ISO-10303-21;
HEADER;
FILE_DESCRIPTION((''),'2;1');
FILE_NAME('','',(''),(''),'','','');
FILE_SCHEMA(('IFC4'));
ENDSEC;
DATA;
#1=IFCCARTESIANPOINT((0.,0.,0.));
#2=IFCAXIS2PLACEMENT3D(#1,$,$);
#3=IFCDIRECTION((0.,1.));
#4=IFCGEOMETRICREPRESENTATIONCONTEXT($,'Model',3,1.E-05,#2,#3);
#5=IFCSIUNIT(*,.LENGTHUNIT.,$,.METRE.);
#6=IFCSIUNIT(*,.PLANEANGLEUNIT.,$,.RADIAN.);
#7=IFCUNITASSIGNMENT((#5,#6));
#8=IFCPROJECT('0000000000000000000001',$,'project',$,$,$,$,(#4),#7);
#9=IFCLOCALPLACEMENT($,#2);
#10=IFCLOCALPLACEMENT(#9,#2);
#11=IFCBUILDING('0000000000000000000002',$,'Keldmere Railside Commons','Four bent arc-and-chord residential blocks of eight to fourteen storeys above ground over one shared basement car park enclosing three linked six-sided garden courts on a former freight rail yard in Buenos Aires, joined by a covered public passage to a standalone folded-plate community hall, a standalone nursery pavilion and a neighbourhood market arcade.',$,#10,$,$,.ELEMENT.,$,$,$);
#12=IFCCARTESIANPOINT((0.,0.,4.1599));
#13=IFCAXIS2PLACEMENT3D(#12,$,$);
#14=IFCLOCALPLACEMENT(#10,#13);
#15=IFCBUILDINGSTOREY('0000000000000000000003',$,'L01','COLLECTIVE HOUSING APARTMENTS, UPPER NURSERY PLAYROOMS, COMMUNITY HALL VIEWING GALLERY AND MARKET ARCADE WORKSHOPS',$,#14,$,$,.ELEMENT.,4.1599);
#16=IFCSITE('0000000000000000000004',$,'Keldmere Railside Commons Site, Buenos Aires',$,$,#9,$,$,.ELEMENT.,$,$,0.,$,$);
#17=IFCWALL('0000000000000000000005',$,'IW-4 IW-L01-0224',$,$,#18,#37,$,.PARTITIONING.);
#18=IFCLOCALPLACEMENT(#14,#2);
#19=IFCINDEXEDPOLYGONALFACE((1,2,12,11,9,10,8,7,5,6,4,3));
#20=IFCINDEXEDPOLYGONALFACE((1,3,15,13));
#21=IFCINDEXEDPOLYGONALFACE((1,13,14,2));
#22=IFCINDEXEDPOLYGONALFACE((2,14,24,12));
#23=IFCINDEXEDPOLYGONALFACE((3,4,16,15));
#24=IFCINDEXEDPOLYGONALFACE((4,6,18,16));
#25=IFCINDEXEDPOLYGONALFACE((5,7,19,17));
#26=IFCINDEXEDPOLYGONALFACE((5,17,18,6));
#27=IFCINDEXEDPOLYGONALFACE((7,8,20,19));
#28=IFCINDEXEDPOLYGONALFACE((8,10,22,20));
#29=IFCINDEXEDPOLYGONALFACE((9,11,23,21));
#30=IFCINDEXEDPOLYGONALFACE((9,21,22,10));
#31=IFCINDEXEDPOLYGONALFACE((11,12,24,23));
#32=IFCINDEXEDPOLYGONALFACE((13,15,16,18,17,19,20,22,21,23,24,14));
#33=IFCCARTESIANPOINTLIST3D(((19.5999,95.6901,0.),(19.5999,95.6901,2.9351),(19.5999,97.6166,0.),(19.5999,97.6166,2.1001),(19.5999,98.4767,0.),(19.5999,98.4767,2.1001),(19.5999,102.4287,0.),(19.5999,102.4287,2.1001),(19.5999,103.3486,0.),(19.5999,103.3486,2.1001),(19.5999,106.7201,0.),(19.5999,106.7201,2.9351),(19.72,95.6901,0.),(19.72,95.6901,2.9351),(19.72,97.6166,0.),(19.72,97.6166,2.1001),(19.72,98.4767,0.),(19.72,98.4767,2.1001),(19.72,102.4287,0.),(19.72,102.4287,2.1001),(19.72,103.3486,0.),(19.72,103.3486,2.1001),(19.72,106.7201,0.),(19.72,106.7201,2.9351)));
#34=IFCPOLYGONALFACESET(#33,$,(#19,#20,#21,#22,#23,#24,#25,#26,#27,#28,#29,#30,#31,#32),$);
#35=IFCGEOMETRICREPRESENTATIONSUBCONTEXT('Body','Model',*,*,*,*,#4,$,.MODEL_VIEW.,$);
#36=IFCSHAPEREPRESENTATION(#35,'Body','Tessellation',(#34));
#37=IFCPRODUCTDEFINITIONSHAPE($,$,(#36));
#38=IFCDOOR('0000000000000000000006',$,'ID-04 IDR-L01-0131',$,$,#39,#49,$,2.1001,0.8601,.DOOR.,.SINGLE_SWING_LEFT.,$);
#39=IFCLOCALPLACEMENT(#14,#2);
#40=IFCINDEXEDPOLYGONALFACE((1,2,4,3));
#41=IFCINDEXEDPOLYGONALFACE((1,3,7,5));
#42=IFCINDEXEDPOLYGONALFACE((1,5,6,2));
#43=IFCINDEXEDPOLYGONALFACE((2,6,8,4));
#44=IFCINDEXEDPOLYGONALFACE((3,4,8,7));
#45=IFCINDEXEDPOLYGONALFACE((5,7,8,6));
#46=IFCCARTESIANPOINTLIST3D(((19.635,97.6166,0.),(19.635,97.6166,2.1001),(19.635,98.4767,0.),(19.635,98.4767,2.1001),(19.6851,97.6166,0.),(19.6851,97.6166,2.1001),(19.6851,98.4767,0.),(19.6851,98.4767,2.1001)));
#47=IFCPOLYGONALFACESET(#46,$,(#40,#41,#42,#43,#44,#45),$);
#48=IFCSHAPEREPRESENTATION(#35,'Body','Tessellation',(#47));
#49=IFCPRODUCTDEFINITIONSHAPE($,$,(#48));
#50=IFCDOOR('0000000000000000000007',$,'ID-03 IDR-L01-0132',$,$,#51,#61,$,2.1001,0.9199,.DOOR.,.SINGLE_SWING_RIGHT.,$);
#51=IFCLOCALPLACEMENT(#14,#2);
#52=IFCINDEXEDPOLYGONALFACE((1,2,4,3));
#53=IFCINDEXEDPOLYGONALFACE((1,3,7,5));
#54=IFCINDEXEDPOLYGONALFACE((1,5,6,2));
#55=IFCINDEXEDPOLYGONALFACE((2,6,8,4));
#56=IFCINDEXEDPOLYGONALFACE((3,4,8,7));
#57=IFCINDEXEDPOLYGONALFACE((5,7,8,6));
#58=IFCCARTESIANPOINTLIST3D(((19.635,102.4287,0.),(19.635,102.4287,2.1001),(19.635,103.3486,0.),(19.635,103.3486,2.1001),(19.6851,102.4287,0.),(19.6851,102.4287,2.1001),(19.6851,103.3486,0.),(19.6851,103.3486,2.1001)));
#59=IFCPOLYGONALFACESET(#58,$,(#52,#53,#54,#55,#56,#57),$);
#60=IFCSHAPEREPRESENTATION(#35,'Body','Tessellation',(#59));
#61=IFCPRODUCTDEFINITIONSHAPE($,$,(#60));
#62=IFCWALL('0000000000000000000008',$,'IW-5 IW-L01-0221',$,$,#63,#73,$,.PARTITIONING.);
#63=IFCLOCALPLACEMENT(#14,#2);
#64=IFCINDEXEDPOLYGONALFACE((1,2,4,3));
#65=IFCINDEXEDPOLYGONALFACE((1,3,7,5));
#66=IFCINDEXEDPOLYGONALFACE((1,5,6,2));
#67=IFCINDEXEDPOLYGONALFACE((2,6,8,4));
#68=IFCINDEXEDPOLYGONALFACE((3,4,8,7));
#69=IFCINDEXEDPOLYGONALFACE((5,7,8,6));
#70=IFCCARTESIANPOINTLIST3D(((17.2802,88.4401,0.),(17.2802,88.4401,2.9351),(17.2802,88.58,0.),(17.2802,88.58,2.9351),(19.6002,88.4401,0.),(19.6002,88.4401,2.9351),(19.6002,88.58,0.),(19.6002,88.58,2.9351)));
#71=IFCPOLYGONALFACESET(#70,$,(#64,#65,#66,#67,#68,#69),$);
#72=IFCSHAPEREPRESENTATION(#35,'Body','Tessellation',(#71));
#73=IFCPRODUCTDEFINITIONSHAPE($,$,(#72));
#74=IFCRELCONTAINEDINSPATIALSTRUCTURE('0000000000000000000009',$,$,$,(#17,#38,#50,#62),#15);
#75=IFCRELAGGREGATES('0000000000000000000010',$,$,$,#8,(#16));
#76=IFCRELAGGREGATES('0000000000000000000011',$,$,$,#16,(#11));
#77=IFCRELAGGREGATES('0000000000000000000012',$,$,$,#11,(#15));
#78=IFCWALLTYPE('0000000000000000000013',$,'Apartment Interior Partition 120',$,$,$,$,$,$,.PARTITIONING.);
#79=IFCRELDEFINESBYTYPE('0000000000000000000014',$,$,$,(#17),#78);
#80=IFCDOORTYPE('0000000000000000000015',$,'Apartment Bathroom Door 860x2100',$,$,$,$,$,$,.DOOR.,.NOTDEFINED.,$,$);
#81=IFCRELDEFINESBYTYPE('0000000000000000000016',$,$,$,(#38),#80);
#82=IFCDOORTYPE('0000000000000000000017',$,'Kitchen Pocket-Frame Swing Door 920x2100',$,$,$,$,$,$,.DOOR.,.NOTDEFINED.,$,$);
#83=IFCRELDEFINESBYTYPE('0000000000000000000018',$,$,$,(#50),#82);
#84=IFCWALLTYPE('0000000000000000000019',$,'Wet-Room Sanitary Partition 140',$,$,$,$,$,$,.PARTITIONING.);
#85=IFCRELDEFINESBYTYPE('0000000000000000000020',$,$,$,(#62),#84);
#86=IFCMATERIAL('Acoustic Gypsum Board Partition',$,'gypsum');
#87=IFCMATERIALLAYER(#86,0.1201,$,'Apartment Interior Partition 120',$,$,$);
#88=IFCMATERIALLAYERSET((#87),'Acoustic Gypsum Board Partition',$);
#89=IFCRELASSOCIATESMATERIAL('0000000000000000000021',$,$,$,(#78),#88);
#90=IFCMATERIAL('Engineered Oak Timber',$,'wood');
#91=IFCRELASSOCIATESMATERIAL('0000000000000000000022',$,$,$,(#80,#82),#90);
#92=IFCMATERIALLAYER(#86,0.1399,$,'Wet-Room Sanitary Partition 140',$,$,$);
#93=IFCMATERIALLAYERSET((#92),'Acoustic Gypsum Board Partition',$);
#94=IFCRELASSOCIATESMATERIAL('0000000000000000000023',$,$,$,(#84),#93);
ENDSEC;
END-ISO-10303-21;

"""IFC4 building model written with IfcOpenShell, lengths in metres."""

from ifc_helpers import new_model, si_unit, direction, frame, frame_2d, origin, place, context, subcontext, project, spatial, rectangle, extrude, material, layer, layer_set, type_object, element, fill, save


model = new_model("IFC4")

# Units and contexts
model_context = context("Model", 3, precision=1e-05, world=origin(), true_north=direction((0.0, 1.0)))
body_context = subcontext(model_context, "Body", "Model", "MODEL_VIEW")
ifc_project = project(units=[si_unit("LENGTHUNIT", "METRE"), si_unit("PLANEANGLEUNIT", "RADIAN")], contexts=[model_context])

# Site, building, storey
site_placement = place(None, origin())
site = spatial("IfcSite", under=ifc_project, at=site_placement, Name="Keldmere Railside Commons Site, Buenos Aires", CompositionType="ELEMENT", RefElevation=0.0)
building_placement = place(site_placement, origin())
building = spatial("IfcBuilding", under=site, at=building_placement, Name="Keldmere Railside Commons", Description="Four bent arc-and-chord residential blocks of eight to fourteen storeys above ground over one shared basement car park enclosing three linked six-sided garden courts on a former freight rail yard in Buenos Aires, joined by a covered public passage to a standalone folded-plate community hall, a standalone nursery pavilion and a neighbourhood market arcade.", CompositionType="ELEMENT")
storey_placement = place(building_placement, frame((0.0, 0.0, 4.1599)))
storey = spatial("IfcBuildingStorey", under=building, at=storey_placement, Name="L01", Description="COLLECTIVE HOUSING APARTMENTS, UPPER NURSERY PLAYROOMS, COMMUNITY HALL VIEWING GALLERY AND MARKET ARCADE WORKSHOPS", CompositionType="ELEMENT", Elevation=4.1599)

# Shared definitions
ifc_material_1 = material(Name="Acoustic Gypsum Board Partition", Category="gypsum")

# Shared definitions
ifc_layer_1 = layer(ifc_material_1, 0.1201, Name="Apartment Interior Partition 120")
ifc_layer_set_1 = layer_set([ifc_layer_1], Name="Acoustic Gypsum Board Partition")
wall_type_1 = type_object("IfcWallType", Name="Apartment Interior Partition 120", PredefinedType="PARTITIONING", material=ifc_layer_set_1)
ifc_material_2 = material(Name="Engineered Oak Timber", Category="wood")

# Wall, openings, doors
wall_1_placement = place(storey_placement, frame((19.6599, 95.6899, 0.0), z_axis=(0.0, 0.0, 1.0), x_axis=(0.0, 1.0, 0.0)))
wall_1 = element("IfcWall", 1, at=wall_1_placement, inside=storey, type_object=wall_type_1, Name="IW-4 IW-L01-0224", PredefinedType="PARTITIONING", context=body_context, shape_type="SweptSolid", body=[
    extrude(rectangle(XDim=11.03, YDim=0.1201, at=frame_2d((5.5151, 0.0))), origin(), (0.0, 0.0, 1.0), 2.9351),
])
opening_1_placement = place(wall_1_placement, frame((1.9265, 0.0, 0.0)))
opening_1 = element("IfcOpeningElement", 2, at=opening_1_placement, cuts=wall_1, PredefinedType="OPENING", context=body_context, shape_type="SweptSolid", body=[
    extrude(rectangle(XDim=0.8601, YDim=2.1001, at=frame_2d((0.4302, 1.05))), frame((0.0, 0.0701, 0.0), z_axis=(0.0, -1.0, 0.0), x_axis=(1.0, 0.0, 0.0)), (0.0, 0.0, 1.0), 0.1401),
])
opening_2_placement = place(wall_1_placement, frame((6.7388, 0.0, 0.0)))
opening_2 = element("IfcOpeningElement", 3, at=opening_2_placement, cuts=wall_1, PredefinedType="OPENING", context=body_context, shape_type="SweptSolid", body=[
    extrude(rectangle(XDim=0.9199, YDim=2.1001, at=frame_2d((0.46, 1.05))), frame((0.0, 0.0701, 0.0), z_axis=(0.0, -1.0, 0.0), x_axis=(1.0, 0.0, 0.0)), (0.0, 0.0, 1.0), 0.1401),
])
door_type_1 = type_object("IfcDoorType", Name="Apartment Bathroom Door 860x2100", OperationType="NOTDEFINED", PredefinedType="DOOR", material=ifc_material_2)
door_1_placement = place(opening_1_placement, origin())
door_1 = element("IfcDoor", 4, at=door_1_placement, inside=storey, type_object=door_type_1, Name="ID-04 IDR-L01-0131", OperationType="SINGLE_SWING_LEFT", OverallHeight=2.1001, OverallWidth=0.8601, PredefinedType="DOOR", context=body_context, shape_type="SweptSolid", body=[
    extrude(rectangle(XDim=0.8601, YDim=2.1001, at=frame_2d((0.4302, 1.05))), frame((0.0, 0.0249, 0.0), z_axis=(0.0, -1.0, 0.0), x_axis=(1.0, 0.0, 0.0)), (0.0, 0.0, 1.0), 0.05),
])
fill(opening_1, door_1)
door_type_2 = type_object("IfcDoorType", Name="Kitchen Pocket-Frame Swing Door 920x2100", OperationType="NOTDEFINED", PredefinedType="DOOR", material=ifc_material_2)
door_2_placement = place(opening_2_placement, origin())
door_2 = element("IfcDoor", 5, at=door_2_placement, inside=storey, type_object=door_type_2, Name="ID-03 IDR-L01-0132", OperationType="SINGLE_SWING_RIGHT", OverallHeight=2.1001, OverallWidth=0.9199, PredefinedType="DOOR", context=body_context, shape_type="SweptSolid", body=[
    extrude(rectangle(XDim=0.9199, YDim=2.1001, at=frame_2d((0.46, 1.05))), frame((0.0, 0.0249, 0.0), z_axis=(0.0, -1.0, 0.0), x_axis=(1.0, 0.0, 0.0)), (0.0, 0.0, 1.0), 0.05),
])
fill(opening_2, door_2)

# Wall
ifc_layer_2 = layer(ifc_material_1, 0.1399, Name="Wet-Room Sanitary Partition 140")
ifc_layer_set_2 = layer_set([ifc_layer_2], Name="Acoustic Gypsum Board Partition")
wall_type_2 = type_object("IfcWallType", Name="Wet-Room Sanitary Partition 140", PredefinedType="PARTITIONING", material=ifc_layer_set_2)
wall_2_placement = place(storey_placement, frame((17.28, 88.51, 0.0), z_axis=(0.0, 0.0, 1.0), x_axis=(1.0, 0.0, 0.0)))
element("IfcWall", 6, at=wall_2_placement, inside=storey, type_object=wall_type_2, Name="IW-5 IW-L01-0221", PredefinedType="PARTITIONING", context=body_context, shape_type="SweptSolid", body=[
    extrude(rectangle(XDim=2.3201, YDim=0.1399, at=frame_2d((1.1602, 0.0))), origin(), (0.0, 0.0, 1.0), 2.9351),
])

save(model, "model.ifc")
